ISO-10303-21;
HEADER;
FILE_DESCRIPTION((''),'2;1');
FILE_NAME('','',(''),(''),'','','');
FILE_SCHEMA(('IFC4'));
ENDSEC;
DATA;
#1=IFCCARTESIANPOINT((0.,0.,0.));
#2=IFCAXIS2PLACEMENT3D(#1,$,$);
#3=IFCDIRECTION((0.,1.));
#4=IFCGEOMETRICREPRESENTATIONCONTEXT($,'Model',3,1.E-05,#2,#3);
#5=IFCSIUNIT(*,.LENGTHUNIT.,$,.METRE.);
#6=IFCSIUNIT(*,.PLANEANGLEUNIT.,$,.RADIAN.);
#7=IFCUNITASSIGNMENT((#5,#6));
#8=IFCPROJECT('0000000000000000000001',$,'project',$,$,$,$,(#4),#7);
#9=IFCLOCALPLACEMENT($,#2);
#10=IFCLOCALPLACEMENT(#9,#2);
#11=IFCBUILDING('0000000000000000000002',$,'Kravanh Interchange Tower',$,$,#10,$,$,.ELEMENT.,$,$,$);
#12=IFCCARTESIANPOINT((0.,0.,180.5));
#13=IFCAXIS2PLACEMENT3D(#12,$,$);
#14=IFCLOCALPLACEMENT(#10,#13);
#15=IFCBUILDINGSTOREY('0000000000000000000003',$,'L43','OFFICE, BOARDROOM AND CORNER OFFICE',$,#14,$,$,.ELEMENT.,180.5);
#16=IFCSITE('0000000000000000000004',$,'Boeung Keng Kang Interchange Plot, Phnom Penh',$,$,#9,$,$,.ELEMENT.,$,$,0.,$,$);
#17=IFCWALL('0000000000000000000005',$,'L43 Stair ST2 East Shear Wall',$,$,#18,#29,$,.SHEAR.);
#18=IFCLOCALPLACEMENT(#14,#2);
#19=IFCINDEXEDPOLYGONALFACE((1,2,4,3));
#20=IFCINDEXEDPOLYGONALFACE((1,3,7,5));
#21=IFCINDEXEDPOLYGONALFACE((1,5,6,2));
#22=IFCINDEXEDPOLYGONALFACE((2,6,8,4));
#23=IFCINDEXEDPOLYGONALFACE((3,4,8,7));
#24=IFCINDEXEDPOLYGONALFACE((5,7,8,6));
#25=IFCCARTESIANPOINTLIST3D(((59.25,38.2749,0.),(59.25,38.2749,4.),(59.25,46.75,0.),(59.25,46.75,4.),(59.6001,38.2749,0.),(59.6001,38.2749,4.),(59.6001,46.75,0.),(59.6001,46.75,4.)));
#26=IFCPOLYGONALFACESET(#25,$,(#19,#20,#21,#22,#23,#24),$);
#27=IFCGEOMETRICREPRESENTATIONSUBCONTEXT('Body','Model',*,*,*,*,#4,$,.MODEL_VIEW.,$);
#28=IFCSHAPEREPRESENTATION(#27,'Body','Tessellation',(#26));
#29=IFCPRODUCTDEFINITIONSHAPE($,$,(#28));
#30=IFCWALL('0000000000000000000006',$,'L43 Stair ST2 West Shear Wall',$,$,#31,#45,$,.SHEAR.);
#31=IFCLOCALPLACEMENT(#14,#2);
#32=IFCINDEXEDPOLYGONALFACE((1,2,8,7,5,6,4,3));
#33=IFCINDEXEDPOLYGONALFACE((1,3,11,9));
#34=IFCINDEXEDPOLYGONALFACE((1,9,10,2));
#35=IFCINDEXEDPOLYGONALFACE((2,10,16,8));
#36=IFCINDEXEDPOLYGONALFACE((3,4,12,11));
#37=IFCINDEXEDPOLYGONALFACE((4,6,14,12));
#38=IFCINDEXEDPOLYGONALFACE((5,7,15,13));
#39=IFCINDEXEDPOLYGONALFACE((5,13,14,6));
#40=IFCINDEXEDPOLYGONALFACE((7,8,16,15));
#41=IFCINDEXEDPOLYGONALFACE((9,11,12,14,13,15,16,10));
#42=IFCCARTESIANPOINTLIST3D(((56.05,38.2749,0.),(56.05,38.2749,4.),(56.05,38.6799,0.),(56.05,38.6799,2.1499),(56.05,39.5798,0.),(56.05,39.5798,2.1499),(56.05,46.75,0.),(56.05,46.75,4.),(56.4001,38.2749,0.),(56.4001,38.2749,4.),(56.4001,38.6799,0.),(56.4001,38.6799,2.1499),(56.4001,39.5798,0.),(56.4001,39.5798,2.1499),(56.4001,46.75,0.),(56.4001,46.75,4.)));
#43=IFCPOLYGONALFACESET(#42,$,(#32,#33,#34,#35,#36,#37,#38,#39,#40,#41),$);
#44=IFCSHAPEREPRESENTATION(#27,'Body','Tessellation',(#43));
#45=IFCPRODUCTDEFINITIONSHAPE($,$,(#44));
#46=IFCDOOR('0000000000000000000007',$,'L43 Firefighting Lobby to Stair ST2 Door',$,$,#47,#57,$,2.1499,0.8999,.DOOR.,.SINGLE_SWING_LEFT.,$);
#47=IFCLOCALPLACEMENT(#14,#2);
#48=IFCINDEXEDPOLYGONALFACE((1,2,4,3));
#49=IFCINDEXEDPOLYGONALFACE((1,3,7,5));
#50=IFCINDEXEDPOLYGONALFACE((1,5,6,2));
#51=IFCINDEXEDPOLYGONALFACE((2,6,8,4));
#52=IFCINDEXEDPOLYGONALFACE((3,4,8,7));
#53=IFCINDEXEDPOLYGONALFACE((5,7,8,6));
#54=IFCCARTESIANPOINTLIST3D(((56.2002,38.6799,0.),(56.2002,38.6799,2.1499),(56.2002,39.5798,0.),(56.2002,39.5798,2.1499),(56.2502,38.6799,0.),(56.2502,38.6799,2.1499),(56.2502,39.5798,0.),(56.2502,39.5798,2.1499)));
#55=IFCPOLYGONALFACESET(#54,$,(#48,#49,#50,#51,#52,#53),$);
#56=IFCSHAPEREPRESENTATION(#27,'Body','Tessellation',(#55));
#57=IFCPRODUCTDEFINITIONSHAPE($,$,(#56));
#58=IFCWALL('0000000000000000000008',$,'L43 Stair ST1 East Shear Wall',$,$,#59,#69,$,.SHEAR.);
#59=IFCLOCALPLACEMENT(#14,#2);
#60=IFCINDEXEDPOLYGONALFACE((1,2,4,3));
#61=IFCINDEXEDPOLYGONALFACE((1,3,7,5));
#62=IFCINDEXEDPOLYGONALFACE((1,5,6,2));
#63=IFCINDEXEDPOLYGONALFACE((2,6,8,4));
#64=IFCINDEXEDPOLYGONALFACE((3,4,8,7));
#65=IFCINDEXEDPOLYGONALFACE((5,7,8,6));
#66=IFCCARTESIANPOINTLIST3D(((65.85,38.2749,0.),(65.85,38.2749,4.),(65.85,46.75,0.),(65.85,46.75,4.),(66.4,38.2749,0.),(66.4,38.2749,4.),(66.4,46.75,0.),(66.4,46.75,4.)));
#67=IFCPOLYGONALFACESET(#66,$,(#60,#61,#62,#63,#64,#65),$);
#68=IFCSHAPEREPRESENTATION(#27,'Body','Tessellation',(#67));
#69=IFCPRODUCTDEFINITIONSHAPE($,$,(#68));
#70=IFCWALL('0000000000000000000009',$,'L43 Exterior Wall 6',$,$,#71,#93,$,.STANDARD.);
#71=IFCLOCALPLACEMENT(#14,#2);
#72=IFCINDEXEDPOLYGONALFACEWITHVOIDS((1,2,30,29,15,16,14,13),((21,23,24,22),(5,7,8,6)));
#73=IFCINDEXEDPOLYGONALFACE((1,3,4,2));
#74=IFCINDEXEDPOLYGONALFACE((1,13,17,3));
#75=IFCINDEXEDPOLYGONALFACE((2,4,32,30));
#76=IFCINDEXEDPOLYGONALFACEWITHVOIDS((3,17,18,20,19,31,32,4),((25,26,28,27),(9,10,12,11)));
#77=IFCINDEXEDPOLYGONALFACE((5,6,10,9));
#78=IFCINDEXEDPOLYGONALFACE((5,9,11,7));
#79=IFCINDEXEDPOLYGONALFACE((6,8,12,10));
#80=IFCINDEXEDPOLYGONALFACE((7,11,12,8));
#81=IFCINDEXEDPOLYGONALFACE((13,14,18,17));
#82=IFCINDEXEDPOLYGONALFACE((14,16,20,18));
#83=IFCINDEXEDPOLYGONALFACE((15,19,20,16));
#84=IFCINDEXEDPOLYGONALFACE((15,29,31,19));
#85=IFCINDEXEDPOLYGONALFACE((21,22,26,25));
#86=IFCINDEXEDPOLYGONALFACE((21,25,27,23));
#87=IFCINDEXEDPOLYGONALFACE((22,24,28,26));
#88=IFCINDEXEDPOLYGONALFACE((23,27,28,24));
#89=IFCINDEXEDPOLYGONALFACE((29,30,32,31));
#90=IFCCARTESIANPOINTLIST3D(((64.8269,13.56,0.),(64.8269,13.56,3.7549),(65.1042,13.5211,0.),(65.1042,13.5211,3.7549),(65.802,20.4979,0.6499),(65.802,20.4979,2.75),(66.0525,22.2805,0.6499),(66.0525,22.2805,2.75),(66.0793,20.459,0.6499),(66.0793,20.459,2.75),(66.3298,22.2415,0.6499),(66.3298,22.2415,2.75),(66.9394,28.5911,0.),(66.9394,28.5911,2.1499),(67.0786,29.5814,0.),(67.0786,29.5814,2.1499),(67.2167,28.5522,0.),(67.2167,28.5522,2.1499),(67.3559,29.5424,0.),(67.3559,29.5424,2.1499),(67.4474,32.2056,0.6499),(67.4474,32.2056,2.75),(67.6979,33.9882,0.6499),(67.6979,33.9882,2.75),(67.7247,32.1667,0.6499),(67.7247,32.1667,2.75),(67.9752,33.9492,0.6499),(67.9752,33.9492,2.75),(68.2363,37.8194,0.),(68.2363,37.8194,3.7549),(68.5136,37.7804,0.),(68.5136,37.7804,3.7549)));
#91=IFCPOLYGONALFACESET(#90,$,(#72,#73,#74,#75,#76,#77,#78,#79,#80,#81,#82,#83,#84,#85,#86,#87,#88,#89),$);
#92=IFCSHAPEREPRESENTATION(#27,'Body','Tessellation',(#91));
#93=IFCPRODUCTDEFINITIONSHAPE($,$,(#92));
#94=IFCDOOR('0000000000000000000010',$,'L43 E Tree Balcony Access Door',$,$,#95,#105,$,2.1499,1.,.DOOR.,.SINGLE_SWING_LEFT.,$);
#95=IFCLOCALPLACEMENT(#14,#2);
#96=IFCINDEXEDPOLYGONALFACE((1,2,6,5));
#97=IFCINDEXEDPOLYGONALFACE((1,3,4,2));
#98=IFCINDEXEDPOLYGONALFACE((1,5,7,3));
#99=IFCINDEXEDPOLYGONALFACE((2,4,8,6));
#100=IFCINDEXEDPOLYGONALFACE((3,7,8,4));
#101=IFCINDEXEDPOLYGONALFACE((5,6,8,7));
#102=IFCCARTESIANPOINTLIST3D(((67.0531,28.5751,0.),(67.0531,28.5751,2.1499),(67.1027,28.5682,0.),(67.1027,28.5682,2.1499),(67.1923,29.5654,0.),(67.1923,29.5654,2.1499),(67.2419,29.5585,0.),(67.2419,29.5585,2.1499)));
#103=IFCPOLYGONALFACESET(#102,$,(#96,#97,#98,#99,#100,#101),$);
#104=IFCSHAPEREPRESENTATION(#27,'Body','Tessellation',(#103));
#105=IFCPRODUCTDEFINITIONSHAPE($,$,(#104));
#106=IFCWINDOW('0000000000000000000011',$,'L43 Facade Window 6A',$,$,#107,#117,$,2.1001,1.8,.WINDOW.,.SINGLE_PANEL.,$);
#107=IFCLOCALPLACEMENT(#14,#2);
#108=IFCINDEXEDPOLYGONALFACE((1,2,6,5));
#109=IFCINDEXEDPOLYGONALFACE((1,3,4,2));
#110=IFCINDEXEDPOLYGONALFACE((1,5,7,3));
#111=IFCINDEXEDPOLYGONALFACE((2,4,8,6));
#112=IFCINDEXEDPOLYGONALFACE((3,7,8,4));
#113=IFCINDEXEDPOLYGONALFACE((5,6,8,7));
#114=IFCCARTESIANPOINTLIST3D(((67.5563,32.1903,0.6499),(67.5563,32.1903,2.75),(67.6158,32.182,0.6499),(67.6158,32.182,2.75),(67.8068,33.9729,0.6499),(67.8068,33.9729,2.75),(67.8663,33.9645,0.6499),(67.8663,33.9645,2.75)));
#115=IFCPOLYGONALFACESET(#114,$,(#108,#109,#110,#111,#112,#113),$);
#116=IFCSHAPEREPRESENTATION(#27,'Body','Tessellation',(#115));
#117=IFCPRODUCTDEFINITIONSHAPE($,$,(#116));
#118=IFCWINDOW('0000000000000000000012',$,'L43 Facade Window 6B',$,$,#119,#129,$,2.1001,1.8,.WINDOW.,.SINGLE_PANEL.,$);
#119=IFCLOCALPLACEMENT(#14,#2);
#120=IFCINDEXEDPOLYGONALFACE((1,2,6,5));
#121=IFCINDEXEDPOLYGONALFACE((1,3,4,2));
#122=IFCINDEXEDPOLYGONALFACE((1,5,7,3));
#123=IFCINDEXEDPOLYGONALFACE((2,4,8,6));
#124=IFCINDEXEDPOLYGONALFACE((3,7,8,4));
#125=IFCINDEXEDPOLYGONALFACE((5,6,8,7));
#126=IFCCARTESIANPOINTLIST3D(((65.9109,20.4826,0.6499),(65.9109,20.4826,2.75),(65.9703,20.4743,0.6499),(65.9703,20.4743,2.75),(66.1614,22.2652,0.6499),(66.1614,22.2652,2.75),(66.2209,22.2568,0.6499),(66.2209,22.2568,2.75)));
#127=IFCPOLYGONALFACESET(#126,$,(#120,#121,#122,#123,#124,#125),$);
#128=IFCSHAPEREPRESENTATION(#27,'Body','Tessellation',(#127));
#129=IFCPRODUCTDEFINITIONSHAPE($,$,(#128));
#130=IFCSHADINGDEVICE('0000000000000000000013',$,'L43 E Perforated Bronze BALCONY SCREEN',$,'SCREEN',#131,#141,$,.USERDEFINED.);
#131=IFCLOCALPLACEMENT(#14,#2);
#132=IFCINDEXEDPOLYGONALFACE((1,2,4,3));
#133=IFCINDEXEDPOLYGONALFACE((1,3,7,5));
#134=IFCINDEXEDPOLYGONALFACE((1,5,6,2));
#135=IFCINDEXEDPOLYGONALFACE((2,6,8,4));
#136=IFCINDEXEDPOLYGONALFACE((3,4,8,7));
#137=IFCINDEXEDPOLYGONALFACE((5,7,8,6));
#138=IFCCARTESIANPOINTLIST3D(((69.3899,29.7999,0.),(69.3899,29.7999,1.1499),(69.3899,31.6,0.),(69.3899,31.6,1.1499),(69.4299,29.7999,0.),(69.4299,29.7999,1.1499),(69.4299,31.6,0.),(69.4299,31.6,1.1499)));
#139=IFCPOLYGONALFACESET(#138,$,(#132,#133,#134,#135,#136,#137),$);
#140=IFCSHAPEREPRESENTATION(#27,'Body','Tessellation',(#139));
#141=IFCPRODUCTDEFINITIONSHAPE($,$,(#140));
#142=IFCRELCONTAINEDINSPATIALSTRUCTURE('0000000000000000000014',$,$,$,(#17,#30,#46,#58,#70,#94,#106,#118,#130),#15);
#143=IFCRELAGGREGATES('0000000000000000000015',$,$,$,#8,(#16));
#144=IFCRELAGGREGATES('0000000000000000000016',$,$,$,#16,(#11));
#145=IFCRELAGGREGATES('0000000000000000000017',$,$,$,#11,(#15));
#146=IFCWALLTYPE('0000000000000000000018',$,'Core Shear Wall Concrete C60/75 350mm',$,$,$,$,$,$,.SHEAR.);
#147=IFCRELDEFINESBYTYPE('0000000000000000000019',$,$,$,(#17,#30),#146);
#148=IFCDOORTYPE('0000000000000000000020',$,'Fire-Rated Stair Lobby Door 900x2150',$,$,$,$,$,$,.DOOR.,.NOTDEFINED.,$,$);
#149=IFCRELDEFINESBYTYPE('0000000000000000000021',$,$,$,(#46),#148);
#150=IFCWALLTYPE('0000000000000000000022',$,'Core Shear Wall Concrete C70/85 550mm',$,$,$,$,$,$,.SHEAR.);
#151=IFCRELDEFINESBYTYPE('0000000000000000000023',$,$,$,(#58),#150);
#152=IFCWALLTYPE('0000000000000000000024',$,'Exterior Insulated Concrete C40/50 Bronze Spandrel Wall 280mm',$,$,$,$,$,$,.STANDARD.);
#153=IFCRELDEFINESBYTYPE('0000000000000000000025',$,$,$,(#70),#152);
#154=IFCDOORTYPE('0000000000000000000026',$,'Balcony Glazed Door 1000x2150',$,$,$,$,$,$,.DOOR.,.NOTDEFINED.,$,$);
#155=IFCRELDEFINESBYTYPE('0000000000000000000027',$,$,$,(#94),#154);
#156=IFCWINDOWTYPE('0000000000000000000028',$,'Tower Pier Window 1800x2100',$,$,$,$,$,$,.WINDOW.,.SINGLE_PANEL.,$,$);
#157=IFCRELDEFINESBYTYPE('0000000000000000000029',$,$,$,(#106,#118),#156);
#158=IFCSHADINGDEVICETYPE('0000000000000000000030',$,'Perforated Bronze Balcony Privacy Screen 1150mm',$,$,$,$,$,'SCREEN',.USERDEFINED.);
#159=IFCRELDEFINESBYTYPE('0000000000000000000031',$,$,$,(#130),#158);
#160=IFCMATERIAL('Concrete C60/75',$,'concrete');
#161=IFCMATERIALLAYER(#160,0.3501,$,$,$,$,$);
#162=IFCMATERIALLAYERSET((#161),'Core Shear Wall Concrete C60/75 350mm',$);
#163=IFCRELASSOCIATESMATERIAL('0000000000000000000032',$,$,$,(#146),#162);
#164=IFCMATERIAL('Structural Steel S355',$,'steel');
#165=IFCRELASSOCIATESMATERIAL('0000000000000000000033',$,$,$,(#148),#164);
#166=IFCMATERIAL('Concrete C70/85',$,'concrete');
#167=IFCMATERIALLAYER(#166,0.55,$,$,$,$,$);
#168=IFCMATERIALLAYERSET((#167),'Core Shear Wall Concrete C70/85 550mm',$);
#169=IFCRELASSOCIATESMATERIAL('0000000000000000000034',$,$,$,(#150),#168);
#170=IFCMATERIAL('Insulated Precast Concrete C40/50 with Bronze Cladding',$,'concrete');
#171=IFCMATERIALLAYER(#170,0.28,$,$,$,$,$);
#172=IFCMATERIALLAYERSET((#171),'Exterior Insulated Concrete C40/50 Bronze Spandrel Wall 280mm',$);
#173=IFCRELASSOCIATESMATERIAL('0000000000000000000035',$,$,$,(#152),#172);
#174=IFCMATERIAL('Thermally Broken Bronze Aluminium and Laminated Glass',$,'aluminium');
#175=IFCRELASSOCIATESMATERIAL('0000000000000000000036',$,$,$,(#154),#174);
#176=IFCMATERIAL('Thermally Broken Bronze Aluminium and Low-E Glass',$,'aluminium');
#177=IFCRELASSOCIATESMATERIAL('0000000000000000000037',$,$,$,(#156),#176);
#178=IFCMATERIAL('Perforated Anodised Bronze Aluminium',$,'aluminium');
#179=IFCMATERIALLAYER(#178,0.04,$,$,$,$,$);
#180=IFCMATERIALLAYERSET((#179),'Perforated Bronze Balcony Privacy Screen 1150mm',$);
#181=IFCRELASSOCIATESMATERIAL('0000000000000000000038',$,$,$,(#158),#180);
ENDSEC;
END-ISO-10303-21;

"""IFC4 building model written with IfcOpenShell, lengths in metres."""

from ifc_helpers import new_model, si_unit, direction, frame, frame_2d, origin, origin_2d, place, context, subcontext, project, spatial, rectangle, extrude, material, layer, layer_set, type_object, element, fill, save


model = new_model("IFC4")

# Units and contexts
model_context = context("Model", 3, precision=1e-05, world=origin(), true_north=direction((0.0, 1.0)))
body_context = subcontext(model_context, "Body", "Model", "MODEL_VIEW")
ifc_project = project(units=[si_unit("LENGTHUNIT", "METRE"), si_unit("PLANEANGLEUNIT", "RADIAN")], contexts=[model_context])

# Site, building, storey
site_placement = place(None, origin())
site = spatial("IfcSite", under=ifc_project, at=site_placement, Name="Boeung Keng Kang Interchange Plot, Phnom Penh", CompositionType="ELEMENT", RefElevation=0.0)
building_placement = place(site_placement, origin())
building = spatial("IfcBuilding", under=site, at=building_placement, Name="Kravanh Interchange Tower", CompositionType="ELEMENT")
storey_placement = place(building_placement, frame((0.0, 0.0, 180.5)))
storey = spatial("IfcBuildingStorey", under=building, at=storey_placement, Name="L43", Description="OFFICE, BOARDROOM AND CORNER OFFICE", CompositionType="ELEMENT", Elevation=180.5)

# Wall
ifc_material_1 = material(Name="Concrete C60/75", Category="concrete")
ifc_layer_1 = layer(ifc_material_1, 0.3501)
ifc_layer_set_1 = layer_set([ifc_layer_1], Name="Core Shear Wall Concrete C60/75 350mm")
wall_type_1 = type_object("IfcWallType", Name="Core Shear Wall Concrete C60/75 350mm", PredefinedType="SHEAR", material=ifc_layer_set_1)
for number, where, z_axis, x_axis, name in (
    (1, (59.425, 38.2749, 0.0), (0.0, 0.0, 1.0), (0.0, 1.0, 0.0), "L43 Stair ST2 East Shear Wall"),
):
    element("IfcWall", number, at=place(storey_placement, frame(where, z_axis=z_axis, x_axis=x_axis)), inside=storey, type_object=wall_type_1, Name=name, PredefinedType="SHEAR", context=body_context, shape_type="SweptSolid", body=[
        extrude(rectangle(XDim=8.4751, YDim=0.3501, at=frame_2d((4.2375, 0.0))), origin(), (0.0, 0.0, 1.0), 4.0),
    ])

# Wall, opening, door
wall_1_placement = place(storey_placement, frame((56.2251, 38.2749, 0.0), z_axis=(0.0, 0.0, 1.0), x_axis=(0.0, 1.0, 0.0)))
wall_1 = element("IfcWall", 2, at=wall_1_placement, inside=storey, type_object=wall_type_1, Name="L43 Stair ST2 West Shear Wall", PredefinedType="SHEAR", context=body_context, shape_type="SweptSolid", body=[
    extrude(rectangle(XDim=8.4751, YDim=0.3501, at=frame_2d((4.2375, 0.0))), origin(), (0.0, 0.0, 1.0), 4.0),
])
opening_1_placement = place(wall_1_placement, frame((0.405, 0.0, 0.0)))
opening_1 = element("IfcOpeningElement", 3, at=opening_1_placement, cuts=wall_1, PredefinedType="OPENING", context=body_context, shape_type="SweptSolid", body=[
    extrude(rectangle(XDim=0.8999, YDim=2.1499, at=frame_2d((0.45, 1.075))), frame((0.0, 0.1851, 0.0), z_axis=(0.0, -1.0, 0.0), x_axis=(1.0, 0.0, 0.0)), (0.0, 0.0, 1.0), 0.3701),
])
ifc_material_2 = material(Name="Structural Steel S355", Category="steel")
door_type_1 = type_object("IfcDoorType", Name="Fire-Rated Stair Lobby Door 900x2150", OperationType="NOTDEFINED", PredefinedType="DOOR", material=ifc_material_2)
door_1_placement = place(opening_1_placement, origin())
door_1 = element("IfcDoor", 4, at=door_1_placement, inside=storey, type_object=door_type_1, Name="L43 Firefighting Lobby to Stair ST2 Door", OperationType="SINGLE_SWING_LEFT", OverallHeight=2.1499, OverallWidth=0.8999, PredefinedType="DOOR", context=body_context, shape_type="SweptSolid", body=[
    extrude(rectangle(XDim=0.8999, YDim=2.1499, at=frame_2d((0.45, 1.075))), frame((0.0, 0.0249, 0.0), z_axis=(0.0, -1.0, 0.0), x_axis=(1.0, 0.0, 0.0)), (0.0, 0.0, 1.0), 0.05),
])
fill(opening_1, door_1)

# Wall
ifc_material_3 = material(Name="Concrete C70/85", Category="concrete")
ifc_layer_2 = layer(ifc_material_3, 0.55)
ifc_layer_set_2 = layer_set([ifc_layer_2], Name="Core Shear Wall Concrete C70/85 550mm")
wall_type_2 = type_object("IfcWallType", Name="Core Shear Wall Concrete C70/85 550mm", PredefinedType="SHEAR", material=ifc_layer_set_2)
wall_2_placement = place(storey_placement, frame((66.125, 38.2749, 0.0), z_axis=(0.0, 0.0, 1.0), x_axis=(0.0, 1.0, 0.0)))
element("IfcWall", 5, at=wall_2_placement, inside=storey, type_object=wall_type_2, Name="L43 Stair ST1 East Shear Wall", PredefinedType="SHEAR", context=body_context, shape_type="SweptSolid", body=[
    extrude(rectangle(XDim=8.4751, YDim=0.55, at=frame_2d((4.2375, 0.0))), origin(), (0.0, 0.0, 1.0), 4.0),
])

# Wall, openings, door, windows
ifc_material_4 = material(Name="Insulated Precast Concrete C40/50 with Bronze Cladding", Category="concrete")
ifc_layer_3 = layer(ifc_material_4, 0.28)
ifc_layer_set_3 = layer_set([ifc_layer_3], Name="Exterior Insulated Concrete C40/50 Bronze Spandrel Wall 280mm")
wall_type_3 = type_object("IfcWallType", Name="Exterior Insulated Concrete C40/50 Bronze Spandrel Wall 280mm", PredefinedType="STANDARD", material=ifc_layer_set_3)
wall_3_placement = place(storey_placement, frame((68.375, 37.8, 0.0), z_axis=(0.0, 0.0, 1.0), x_axis=(-0.139173, -0.990268, 0.0)))
wall_3 = element("IfcWall", 6, at=wall_3_placement, inside=storey, type_object=wall_type_3, Name="L43 Exterior Wall 6", PredefinedType="STANDARD", context=body_context, shape_type="SweptSolid", body=[
    extrude(rectangle(XDim=24.4978, YDim=0.28, at=frame_2d((12.249, 0.0))), origin(), (0.0, 0.0, 1.0), 3.7549),
])
opening_2_placement = place(wall_3_placement, frame((8.3191, 0.0, 0.0)))
opening_2 = element("IfcOpeningElement", 7, at=opening_2_placement, cuts=wall_3, PredefinedType="OPENING", context=body_context, shape_type="SweptSolid", body=[
    extrude(rectangle(XDim=1.0, YDim=2.1499, at=frame_2d((0.5, 1.075))), frame((0.0, 0.1499, 0.0), z_axis=(0.0, -1.0, 0.0), x_axis=(1.0, 0.0, 0.0)), (0.0, 0.0, 1.0), 0.3),
])
opening_3_placement = place(wall_3_placement, frame((3.8691, 0.0, 0.6499)))
opening_3 = element("IfcOpeningElement", 8, at=opening_3_placement, cuts=wall_3, PredefinedType="OPENING", context=body_context, shape_type="SweptSolid", body=[
    extrude(rectangle(XDim=1.8, YDim=2.1001, at=frame_2d((0.8999, 1.05))), frame((0.0, 0.1499, 0.0), z_axis=(0.0, -1.0, 0.0), x_axis=(1.0, 0.0, 0.0)), (0.0, 0.0, 1.0), 0.3),
])
opening_4_placement = place(wall_3_placement, frame((15.6919, 0.0, 0.6499)))
opening_4 = element("IfcOpeningElement", 9, at=opening_4_placement, cuts=wall_3, PredefinedType="OPENING", context=body_context, shape_type="SweptSolid", body=[
    extrude(rectangle(XDim=1.8, YDim=2.1001, at=frame_2d((0.8999, 1.05))), frame((0.0, 0.1499, 0.0), z_axis=(0.0, -1.0, 0.0), x_axis=(1.0, 0.0, 0.0)), (0.0, 0.0, 1.0), 0.3),
])
ifc_material_5 = material(Name="Thermally Broken Bronze Aluminium and Laminated Glass", Category="aluminium")
door_type_2 = type_object("IfcDoorType", Name="Balcony Glazed Door 1000x2150", OperationType="NOTDEFINED", PredefinedType="DOOR", material=ifc_material_5)
door_2_placement = place(opening_2_placement, origin())
door_2 = element("IfcDoor", 10, at=door_2_placement, inside=storey, type_object=door_type_2, Name="L43 E Tree Balcony Access Door", OperationType="SINGLE_SWING_LEFT", OverallHeight=2.1499, OverallWidth=1.0, PredefinedType="DOOR", context=body_context, shape_type="SweptSolid", body=[
    extrude(rectangle(XDim=1.0, YDim=2.1499, at=frame_2d((0.5, 1.075))), frame((0.0, 0.0249, 0.0), z_axis=(0.0, -1.0, 0.0), x_axis=(1.0, 0.0, 0.0)), (0.0, 0.0, 1.0), 0.05),
])
fill(opening_2, door_2)
ifc_material_6 = material(Name="Thermally Broken Bronze Aluminium and Low-E Glass", Category="aluminium")
window_type = type_object("IfcWindowType", Name="Tower Pier Window 1800x2100", PartitioningType="SINGLE_PANEL", PredefinedType="WINDOW", material=ifc_material_6)
window_1_placement = place(opening_3_placement, origin())
window_1 = element("IfcWindow", 11, at=window_1_placement, inside=storey, type_object=window_type, Name="L43 Facade Window 6A", OverallHeight=2.1001, OverallWidth=1.8, PartitioningType="SINGLE_PANEL", PredefinedType="WINDOW", context=body_context, shape_type="SweptSolid", body=[
    extrude(rectangle(XDim=1.8, YDim=2.1001, at=frame_2d((0.8999, 1.05))), frame((0.0, 0.03, 0.0), z_axis=(0.0, -1.0, 0.0), x_axis=(1.0, 0.0, 0.0)), (0.0, 0.0, 1.0), 0.0601),
])
fill(opening_3, window_1)
window_2_placement = place(opening_4_placement, origin())
window_2 = element("IfcWindow", 12, at=window_2_placement, inside=storey, type_object=window_type, Name="L43 Facade Window 6B", OverallHeight=2.1001, OverallWidth=1.8, PartitioningType="SINGLE_PANEL", PredefinedType="WINDOW", context=body_context, shape_type="SweptSolid", body=[
    extrude(rectangle(XDim=1.8, YDim=2.1001, at=frame_2d((0.8999, 1.05))), frame((0.0, 0.03, 0.0), z_axis=(0.0, -1.0, 0.0), x_axis=(1.0, 0.0, 0.0)), (0.0, 0.0, 1.0), 0.0601),
])
fill(opening_4, window_2)

# Shading device
ifc_material_7 = material(Name="Perforated Anodised Bronze Aluminium", Category="aluminium")
ifc_layer_4 = layer(ifc_material_7, 0.04)
ifc_layer_set_4 = layer_set([ifc_layer_4], Name="Perforated Bronze Balcony Privacy Screen 1150mm")
shading_device_type = type_object("IfcShadingDeviceType", Name="Perforated Bronze Balcony Privacy Screen 1150mm", ElementType="SCREEN", PredefinedType="USERDEFINED", material=ifc_layer_set_4)
shading_device_placement = place(storey_placement, frame((69.4099, 30.7, 0.0), z_axis=(0.0, 0.0, 1.0), x_axis=(1.0, 0.0, 0.0)))
element("IfcShadingDevice", 13, at=shading_device_placement, inside=storey, type_object=shading_device_type, Name="L43 E Perforated Bronze BALCONY SCREEN", ObjectType="SCREEN", PredefinedType="USERDEFINED", context=body_context, shape_type="SweptSolid", body=[
    extrude(rectangle(XDim=0.04, YDim=1.8, at=origin_2d()), origin(), (0.0, 0.0, 1.0), 1.1499),
])

save(model, "model.ifc")
